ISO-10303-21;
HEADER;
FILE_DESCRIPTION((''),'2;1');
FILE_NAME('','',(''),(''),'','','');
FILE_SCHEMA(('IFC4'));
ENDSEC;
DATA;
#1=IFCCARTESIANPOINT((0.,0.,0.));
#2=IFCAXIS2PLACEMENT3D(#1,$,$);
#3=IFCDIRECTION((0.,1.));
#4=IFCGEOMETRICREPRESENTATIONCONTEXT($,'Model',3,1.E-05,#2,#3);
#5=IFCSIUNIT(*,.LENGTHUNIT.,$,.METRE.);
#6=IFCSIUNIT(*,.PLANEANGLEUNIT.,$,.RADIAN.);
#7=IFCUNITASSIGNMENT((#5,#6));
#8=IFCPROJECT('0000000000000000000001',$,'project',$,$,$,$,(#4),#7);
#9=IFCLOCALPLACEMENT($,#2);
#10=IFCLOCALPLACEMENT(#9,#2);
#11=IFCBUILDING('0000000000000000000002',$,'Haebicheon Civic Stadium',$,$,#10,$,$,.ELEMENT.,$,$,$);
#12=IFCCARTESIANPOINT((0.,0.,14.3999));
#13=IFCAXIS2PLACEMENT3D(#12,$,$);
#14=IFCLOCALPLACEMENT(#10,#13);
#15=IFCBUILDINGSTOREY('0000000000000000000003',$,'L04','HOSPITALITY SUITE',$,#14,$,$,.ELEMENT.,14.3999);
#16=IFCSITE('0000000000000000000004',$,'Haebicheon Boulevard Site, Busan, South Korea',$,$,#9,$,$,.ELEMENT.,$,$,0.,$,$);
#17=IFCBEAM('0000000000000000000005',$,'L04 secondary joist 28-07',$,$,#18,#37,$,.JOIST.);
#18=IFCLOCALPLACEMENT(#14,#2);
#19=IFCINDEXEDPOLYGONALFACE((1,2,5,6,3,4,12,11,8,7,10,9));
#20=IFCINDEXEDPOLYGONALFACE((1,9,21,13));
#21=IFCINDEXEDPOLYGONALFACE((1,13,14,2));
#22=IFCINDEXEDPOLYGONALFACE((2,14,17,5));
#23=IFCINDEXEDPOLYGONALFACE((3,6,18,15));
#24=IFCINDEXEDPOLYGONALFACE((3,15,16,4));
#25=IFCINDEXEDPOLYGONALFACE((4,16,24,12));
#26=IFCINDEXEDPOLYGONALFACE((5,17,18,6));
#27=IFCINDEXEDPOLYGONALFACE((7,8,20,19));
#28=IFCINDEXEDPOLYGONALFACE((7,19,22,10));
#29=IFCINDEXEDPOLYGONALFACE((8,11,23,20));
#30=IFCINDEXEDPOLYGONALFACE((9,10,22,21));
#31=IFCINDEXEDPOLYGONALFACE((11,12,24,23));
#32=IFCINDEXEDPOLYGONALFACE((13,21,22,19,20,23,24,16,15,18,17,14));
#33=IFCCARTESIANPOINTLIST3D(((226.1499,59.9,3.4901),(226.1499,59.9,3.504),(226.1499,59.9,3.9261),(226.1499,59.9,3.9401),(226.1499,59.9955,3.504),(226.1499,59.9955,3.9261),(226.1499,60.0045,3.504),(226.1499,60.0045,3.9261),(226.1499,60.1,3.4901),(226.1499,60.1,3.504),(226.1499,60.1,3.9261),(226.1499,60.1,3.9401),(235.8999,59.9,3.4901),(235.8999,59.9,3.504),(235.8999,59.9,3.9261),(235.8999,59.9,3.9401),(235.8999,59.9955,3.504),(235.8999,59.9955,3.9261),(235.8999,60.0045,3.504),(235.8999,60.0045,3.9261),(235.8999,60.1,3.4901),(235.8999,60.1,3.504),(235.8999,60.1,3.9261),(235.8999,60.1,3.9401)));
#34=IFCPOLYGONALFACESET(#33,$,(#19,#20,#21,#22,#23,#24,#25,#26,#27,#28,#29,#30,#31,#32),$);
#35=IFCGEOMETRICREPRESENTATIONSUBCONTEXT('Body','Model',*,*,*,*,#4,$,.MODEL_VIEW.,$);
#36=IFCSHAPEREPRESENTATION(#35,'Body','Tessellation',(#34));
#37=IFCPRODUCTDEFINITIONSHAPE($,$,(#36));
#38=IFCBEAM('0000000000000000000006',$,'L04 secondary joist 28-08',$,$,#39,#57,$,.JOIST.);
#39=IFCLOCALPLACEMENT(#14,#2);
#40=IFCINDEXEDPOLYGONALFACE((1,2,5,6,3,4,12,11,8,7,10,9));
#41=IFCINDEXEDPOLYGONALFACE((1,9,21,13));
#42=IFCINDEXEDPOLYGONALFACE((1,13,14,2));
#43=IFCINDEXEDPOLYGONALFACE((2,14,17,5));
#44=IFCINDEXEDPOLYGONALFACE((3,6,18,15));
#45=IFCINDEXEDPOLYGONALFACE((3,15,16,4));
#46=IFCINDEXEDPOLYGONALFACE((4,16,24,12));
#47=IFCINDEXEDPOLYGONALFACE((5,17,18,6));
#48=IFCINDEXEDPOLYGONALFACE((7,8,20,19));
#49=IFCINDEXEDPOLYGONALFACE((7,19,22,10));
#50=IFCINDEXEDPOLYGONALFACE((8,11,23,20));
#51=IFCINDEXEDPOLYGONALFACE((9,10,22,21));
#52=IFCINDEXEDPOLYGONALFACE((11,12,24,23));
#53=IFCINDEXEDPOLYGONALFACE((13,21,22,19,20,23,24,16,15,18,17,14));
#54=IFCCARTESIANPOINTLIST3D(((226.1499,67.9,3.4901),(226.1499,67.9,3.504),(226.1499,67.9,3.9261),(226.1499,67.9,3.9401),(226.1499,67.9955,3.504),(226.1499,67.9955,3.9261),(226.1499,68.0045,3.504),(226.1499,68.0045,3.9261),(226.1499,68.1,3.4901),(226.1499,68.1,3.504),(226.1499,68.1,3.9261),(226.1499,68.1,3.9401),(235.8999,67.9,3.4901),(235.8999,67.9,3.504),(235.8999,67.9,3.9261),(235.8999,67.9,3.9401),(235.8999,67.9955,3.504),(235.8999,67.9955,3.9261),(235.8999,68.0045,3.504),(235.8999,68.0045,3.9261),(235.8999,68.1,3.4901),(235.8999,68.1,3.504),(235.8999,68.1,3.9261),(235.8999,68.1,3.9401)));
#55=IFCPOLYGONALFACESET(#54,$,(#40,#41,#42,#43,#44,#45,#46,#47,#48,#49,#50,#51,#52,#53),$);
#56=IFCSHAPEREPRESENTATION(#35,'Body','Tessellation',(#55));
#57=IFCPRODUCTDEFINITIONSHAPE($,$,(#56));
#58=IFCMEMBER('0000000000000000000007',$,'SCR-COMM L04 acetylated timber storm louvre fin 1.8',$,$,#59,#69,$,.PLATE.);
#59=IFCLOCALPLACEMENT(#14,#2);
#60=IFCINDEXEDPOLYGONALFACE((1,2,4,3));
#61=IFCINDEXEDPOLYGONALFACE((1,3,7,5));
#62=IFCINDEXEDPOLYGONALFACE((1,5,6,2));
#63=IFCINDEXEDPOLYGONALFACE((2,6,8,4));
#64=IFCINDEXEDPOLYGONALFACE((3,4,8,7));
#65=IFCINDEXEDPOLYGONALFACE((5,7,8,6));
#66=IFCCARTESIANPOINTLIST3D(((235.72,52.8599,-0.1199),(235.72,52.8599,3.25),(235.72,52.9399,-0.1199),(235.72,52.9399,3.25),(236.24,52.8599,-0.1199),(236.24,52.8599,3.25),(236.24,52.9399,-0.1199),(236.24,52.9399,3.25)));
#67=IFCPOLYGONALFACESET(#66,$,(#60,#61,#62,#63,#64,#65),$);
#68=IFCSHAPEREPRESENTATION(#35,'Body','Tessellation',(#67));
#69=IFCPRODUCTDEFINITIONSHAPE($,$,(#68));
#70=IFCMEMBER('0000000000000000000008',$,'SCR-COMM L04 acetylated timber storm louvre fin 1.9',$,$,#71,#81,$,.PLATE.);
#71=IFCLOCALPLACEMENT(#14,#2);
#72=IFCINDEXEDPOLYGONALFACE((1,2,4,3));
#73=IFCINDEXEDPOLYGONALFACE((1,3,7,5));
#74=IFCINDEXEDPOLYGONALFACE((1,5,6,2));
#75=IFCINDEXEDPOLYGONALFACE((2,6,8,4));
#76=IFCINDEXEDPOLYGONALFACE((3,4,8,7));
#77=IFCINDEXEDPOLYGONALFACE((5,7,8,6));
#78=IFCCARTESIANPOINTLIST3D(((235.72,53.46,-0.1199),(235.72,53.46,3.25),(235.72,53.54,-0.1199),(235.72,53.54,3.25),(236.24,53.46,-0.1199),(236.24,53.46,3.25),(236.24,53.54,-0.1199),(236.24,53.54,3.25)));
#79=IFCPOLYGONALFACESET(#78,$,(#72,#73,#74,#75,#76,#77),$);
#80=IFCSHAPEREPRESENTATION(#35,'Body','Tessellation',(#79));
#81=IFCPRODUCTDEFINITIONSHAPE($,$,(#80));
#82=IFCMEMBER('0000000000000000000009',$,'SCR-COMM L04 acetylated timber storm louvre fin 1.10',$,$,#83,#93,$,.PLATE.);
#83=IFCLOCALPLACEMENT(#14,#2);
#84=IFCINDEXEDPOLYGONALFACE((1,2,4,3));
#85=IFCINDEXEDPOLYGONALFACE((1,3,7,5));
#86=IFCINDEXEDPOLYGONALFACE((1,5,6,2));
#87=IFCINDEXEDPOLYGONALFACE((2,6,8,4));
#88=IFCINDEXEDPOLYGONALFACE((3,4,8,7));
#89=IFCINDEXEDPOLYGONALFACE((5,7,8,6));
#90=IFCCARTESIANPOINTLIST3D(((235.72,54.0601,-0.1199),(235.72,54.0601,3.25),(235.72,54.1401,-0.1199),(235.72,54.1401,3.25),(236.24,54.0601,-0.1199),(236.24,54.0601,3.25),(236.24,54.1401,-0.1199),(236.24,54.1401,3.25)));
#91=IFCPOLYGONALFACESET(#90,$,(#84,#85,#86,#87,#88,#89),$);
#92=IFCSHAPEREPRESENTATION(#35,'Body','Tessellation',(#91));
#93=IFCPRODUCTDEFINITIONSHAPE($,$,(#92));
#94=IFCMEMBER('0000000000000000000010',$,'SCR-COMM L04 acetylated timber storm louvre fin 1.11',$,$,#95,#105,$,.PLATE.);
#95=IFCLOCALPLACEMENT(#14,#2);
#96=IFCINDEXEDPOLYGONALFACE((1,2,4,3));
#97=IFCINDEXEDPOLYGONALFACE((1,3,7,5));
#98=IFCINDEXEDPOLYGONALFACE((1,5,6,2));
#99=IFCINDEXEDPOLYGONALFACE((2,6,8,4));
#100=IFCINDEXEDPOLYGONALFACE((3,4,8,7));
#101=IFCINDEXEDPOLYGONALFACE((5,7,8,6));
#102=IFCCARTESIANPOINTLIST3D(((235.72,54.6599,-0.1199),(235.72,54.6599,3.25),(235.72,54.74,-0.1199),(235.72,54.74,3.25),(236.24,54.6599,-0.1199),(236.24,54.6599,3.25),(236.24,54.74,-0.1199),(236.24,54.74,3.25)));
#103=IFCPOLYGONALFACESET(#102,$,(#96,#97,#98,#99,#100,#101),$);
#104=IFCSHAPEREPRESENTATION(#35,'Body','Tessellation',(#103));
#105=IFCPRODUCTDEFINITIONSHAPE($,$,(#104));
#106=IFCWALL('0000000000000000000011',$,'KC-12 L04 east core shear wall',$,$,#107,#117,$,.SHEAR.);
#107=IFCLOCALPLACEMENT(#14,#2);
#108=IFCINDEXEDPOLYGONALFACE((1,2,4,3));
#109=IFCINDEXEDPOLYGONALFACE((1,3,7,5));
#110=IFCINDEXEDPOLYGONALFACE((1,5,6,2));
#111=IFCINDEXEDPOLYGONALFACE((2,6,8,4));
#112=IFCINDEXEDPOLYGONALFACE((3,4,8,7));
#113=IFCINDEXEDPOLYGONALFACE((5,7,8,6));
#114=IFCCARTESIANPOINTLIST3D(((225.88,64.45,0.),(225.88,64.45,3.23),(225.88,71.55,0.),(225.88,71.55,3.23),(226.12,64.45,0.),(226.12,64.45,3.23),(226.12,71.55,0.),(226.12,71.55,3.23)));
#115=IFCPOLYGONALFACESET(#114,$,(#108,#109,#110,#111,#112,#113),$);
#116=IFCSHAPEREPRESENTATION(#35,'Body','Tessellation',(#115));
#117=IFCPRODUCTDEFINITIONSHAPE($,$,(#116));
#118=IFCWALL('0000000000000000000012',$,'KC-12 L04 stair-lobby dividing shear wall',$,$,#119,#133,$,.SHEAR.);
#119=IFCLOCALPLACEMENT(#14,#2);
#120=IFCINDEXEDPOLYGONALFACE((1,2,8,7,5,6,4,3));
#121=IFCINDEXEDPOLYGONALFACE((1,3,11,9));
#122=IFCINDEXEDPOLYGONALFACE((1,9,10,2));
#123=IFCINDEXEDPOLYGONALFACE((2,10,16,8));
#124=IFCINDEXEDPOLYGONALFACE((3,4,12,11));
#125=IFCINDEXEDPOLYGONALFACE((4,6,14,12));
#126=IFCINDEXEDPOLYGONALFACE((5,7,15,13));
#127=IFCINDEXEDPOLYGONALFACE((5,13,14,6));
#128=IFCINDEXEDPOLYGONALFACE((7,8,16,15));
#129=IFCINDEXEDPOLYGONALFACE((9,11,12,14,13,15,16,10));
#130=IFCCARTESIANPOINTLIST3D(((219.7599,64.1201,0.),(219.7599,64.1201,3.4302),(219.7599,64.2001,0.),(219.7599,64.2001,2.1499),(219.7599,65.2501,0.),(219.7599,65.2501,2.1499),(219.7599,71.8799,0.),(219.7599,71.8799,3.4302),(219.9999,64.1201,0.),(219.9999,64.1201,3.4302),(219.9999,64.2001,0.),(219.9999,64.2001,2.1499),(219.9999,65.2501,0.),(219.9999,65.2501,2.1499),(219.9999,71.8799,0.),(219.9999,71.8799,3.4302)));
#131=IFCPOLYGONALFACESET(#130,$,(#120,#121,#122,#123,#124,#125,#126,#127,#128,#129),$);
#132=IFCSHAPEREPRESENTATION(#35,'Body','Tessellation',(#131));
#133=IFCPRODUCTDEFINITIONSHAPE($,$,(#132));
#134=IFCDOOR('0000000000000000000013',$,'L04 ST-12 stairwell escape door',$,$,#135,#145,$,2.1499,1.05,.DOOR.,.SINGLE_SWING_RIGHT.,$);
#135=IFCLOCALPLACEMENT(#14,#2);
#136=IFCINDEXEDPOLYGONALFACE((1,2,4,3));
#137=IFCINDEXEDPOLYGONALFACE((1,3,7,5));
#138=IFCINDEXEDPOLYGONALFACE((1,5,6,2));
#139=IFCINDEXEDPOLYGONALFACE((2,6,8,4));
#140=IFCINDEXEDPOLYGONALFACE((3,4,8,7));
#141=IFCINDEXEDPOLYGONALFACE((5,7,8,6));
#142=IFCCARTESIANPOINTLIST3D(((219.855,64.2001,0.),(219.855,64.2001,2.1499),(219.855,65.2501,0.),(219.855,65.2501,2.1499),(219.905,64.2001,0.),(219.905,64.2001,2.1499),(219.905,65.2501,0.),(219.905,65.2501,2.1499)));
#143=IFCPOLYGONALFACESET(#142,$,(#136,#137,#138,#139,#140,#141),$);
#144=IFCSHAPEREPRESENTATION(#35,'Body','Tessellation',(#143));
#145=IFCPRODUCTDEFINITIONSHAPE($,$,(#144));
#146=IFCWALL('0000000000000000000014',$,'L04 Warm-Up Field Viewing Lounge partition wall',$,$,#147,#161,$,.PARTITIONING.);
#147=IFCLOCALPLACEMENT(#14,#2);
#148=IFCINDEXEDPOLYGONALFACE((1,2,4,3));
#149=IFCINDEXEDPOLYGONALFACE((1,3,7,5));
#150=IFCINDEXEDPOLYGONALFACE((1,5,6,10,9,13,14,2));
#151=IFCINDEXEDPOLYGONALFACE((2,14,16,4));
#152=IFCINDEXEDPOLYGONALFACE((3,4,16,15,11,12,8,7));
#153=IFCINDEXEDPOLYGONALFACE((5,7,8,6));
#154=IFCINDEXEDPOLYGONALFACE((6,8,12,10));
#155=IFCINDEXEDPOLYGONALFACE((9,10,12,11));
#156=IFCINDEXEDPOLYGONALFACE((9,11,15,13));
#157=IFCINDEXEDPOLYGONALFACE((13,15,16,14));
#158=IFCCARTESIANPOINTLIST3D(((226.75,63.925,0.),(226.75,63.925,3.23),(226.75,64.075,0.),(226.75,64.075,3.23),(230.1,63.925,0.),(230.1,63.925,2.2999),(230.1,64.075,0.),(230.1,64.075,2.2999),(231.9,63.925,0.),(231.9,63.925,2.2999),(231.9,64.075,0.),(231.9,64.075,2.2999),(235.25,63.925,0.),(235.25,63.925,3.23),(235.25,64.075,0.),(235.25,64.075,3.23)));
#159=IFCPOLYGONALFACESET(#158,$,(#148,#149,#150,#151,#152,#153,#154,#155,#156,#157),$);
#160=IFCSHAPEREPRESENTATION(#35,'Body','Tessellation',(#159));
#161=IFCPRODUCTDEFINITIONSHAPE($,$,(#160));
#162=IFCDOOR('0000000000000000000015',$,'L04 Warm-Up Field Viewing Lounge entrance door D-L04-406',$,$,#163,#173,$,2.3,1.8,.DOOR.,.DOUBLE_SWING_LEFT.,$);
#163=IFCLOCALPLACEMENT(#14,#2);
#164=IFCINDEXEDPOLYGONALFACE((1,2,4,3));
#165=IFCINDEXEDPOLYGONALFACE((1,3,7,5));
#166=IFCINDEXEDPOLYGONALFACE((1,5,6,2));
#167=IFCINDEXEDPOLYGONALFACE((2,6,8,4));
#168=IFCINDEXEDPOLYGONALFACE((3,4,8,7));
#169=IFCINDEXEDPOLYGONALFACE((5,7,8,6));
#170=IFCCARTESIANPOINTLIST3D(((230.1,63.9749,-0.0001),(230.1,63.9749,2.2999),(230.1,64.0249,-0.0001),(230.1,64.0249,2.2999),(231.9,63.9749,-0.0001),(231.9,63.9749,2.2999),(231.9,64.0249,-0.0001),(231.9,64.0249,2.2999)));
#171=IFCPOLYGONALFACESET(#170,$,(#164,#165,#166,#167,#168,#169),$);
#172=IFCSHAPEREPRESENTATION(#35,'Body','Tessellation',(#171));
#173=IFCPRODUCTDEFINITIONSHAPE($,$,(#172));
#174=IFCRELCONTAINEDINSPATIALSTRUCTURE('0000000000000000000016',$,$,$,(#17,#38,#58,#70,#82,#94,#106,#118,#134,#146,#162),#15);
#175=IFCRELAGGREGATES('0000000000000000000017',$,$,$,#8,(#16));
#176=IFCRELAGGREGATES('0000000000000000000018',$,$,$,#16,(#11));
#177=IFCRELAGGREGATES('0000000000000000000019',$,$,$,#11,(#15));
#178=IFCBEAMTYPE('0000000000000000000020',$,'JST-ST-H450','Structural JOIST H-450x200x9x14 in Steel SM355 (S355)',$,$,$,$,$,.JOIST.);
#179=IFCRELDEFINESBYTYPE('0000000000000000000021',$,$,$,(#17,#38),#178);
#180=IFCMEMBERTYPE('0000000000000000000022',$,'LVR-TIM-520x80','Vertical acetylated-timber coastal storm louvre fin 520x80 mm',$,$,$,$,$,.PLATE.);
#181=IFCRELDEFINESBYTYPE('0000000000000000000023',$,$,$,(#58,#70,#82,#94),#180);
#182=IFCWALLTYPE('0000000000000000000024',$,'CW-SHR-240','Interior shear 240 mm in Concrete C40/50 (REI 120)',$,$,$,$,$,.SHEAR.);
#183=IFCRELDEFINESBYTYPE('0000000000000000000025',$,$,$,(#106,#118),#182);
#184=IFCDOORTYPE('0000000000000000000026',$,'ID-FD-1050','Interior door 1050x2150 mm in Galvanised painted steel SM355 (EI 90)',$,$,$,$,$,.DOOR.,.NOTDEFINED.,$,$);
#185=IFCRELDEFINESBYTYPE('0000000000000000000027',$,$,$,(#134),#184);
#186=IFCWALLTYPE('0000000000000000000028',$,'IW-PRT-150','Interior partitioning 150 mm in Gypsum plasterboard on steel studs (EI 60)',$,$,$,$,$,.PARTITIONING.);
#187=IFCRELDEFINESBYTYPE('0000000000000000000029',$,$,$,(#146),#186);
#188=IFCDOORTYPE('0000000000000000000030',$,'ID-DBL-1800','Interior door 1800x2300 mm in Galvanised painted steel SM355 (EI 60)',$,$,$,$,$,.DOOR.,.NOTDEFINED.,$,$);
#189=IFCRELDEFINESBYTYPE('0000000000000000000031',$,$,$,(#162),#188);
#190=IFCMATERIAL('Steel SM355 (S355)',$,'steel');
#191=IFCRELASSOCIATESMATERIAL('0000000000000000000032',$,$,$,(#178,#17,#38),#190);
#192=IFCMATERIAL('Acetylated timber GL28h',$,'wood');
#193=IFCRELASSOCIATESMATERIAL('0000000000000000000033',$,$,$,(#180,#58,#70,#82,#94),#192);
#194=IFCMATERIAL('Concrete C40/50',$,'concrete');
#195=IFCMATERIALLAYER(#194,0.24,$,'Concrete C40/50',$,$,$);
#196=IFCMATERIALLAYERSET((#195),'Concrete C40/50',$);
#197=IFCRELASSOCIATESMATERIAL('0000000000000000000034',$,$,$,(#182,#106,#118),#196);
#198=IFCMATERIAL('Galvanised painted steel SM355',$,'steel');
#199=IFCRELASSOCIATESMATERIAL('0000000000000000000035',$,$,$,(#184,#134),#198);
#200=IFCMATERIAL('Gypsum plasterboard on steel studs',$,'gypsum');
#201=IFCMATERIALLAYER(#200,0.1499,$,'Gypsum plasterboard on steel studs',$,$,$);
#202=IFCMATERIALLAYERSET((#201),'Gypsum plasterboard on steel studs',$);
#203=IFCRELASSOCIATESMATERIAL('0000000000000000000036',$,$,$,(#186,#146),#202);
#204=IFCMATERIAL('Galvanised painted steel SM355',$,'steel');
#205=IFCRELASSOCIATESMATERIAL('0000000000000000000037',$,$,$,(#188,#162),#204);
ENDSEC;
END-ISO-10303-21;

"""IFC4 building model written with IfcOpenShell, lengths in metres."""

from ifc_helpers import new_model, si_unit, direction, frame, frame_2d, origin, origin_2d, place, context, subcontext, project, spatial, rectangle, i_section, extrude, material, layer, layer_set, material_profile, profile_set, type_object, element, fill, save


model = new_model("IFC4")

# Units and contexts
model_context = context("Model", 3, precision=1e-05, world=origin(), true_north=direction((0.0, 1.0)))
body_context = subcontext(model_context, "Body", "Model", "MODEL_VIEW")
ifc_project = project(units=[si_unit("LENGTHUNIT", "METRE"), si_unit("PLANEANGLEUNIT", "RADIAN")], contexts=[model_context])

# Site, building, storey
site_placement = place(None, origin())
site = spatial("IfcSite", under=ifc_project, at=site_placement, Name="Haebicheon Boulevard Site, Busan, South Korea", CompositionType="ELEMENT", RefElevation=0.0)
building_placement = place(site_placement, origin())
building = spatial("IfcBuilding", under=site, at=building_placement, Name="Haebicheon Civic Stadium", CompositionType="ELEMENT")
storey_placement = place(building_placement, frame((0.0, 0.0, 14.3999)))
storey = spatial("IfcBuildingStorey", under=building, at=storey_placement, Name="L04", Description="HOSPITALITY SUITE", CompositionType="ELEMENT", Elevation=14.3999)

# Beams
ifc_material_1 = material(Name="Steel SM355 (S355)", Category="steel")
ifc_material_profile_1 = material_profile(ifc_material_1, i_section(OverallWidth=0.2, OverallDepth=0.45, WebThickness=0.009, FlangeThickness=0.0139, at=origin_2d()), Name="H-450x200x9x14")
ifc_profile_set_1 = profile_set([ifc_material_profile_1], Name="Steel SM355 (S355)")
beam_type_1 = type_object("IfcBeamType", Name="JST-ST-H450", Description="Structural JOIST H-450x200x9x14 in Steel SM355 (S355)", PredefinedType="JOIST", material=ifc_profile_set_1)
for number, where, z_axis, x_axis, name in (
    (1, (226.1499, 60.0, 3.7151), (1.0, 0.0, 0.0), (0.0, 1.0, 0.0), "L04 secondary joist 28-07"),
    (2, (226.1499, 68.0, 3.7151), (1.0, 0.0, 0.0), (0.0, 1.0, 0.0), "L04 secondary joist 28-08"),
):
    element("IfcBeam", number, at=place(storey_placement, frame(where, z_axis=z_axis, x_axis=x_axis)), inside=storey, type_object=beam_type_1, material=ifc_profile_set_1, Name=name, PredefinedType="JOIST", context=body_context, shape_type="SweptSolid", body=[
        extrude(i_section(OverallWidth=0.2, OverallDepth=0.45, WebThickness=0.009, FlangeThickness=0.0139, at=origin_2d()), origin(), (0.0, 0.0, 1.0), 9.75),
    ])

# Members
ifc_material_2 = material(Name="Acetylated timber GL28h", Category="wood")
ifc_material_profile_2 = material_profile(ifc_material_2, rectangle(XDim=0.0801, YDim=0.52, at=origin_2d()), Name="TMB-LOUV-80x520")
ifc_profile_set_2 = profile_set([ifc_material_profile_2], Name="Acetylated timber GL28h")
member_type = type_object("IfcMemberType", Name="LVR-TIM-520x80", Description="Vertical acetylated-timber coastal storm louvre fin 520x80 mm", PredefinedType="PLATE", material=ifc_profile_set_2)
for number, where, z_axis, x_axis, name in (
    (3, (235.98, 52.8999, -0.1199), (0.0, 0.0, 1.0), (0.0, 1.0, 0.0), "SCR-COMM L04 acetylated timber storm louvre fin 1.8"),
    (4, (235.98, 53.5, -0.1199), (0.0, 0.0, 1.0), (0.0, 1.0, 0.0), "SCR-COMM L04 acetylated timber storm louvre fin 1.9"),
    (5, (235.98, 54.1001, -0.1199), (0.0, 0.0, 1.0), (0.0, 1.0, 0.0), "SCR-COMM L04 acetylated timber storm louvre fin 1.10"),
    (6, (235.98, 54.7, -0.1199), (0.0, 0.0, 1.0), (0.0, 1.0, 0.0), "SCR-COMM L04 acetylated timber storm louvre fin 1.11"),
):
    element("IfcMember", number, at=place(storey_placement, frame(where, z_axis=z_axis, x_axis=x_axis)), inside=storey, type_object=member_type, material=ifc_profile_set_2, Name=name, PredefinedType="PLATE", context=body_context, shape_type="SweptSolid", body=[
        extrude(rectangle(XDim=0.0801, YDim=0.52, at=origin_2d()), origin(), (0.0, 0.0, 1.0), 3.3699),
    ])

# Wall
ifc_material_3 = material(Name="Concrete C40/50", Category="concrete")
ifc_layer_1 = layer(ifc_material_3, 0.24, Name="Concrete C40/50")
ifc_layer_set_1 = layer_set([ifc_layer_1], Name="Concrete C40/50")
wall_type_1 = type_object("IfcWallType", Name="CW-SHR-240", Description="Interior shear 240 mm in Concrete C40/50 (REI 120)", PredefinedType="SHEAR", material=ifc_layer_set_1)
wall_1_placement = place(storey_placement, frame((226.0, 64.45, 0.0), z_axis=(0.0, 0.0, 1.0), x_axis=(0.0, 1.0, 0.0)))
element("IfcWall", 7, at=wall_1_placement, inside=storey, type_object=wall_type_1, material=ifc_layer_set_1, Name="KC-12 L04 east core shear wall", PredefinedType="SHEAR", context=body_context, shape_type="SweptSolid", body=[
    extrude(rectangle(XDim=7.1001, YDim=0.24, at=frame_2d((3.55, 0.0))), origin(), (0.0, 0.0, 1.0), 3.23),
])

# Walls, openings, doors
wall_2_placement = place(storey_placement, frame((219.8799, 64.1201, 0.0), z_axis=(0.0, 0.0, 1.0), x_axis=(0.0, 1.0, 0.0)))
wall_2 = element("IfcWall", 8, at=wall_2_placement, inside=storey, type_object=wall_type_1, material=ifc_layer_set_1, Name="KC-12 L04 stair-lobby dividing shear wall", PredefinedType="SHEAR", context=body_context, shape_type="SweptSolid", body=[
    extrude(rectangle(XDim=7.7598, YDim=0.24, at=frame_2d((3.8799, 0.0))), origin(), (0.0, 0.0, 1.0), 3.4302),
])
opening_1_placement = place(wall_2_placement, frame((0.0801, 0.0, 0.0)))
opening_1 = element("IfcOpeningElement", 9, at=opening_1_placement, cuts=wall_2, PredefinedType="OPENING", context=body_context, shape_type="SweptSolid", body=[
    extrude(rectangle(XDim=1.05, YDim=2.1499, at=frame_2d((0.5249, 1.075))), frame((0.0, 0.1299, 0.0), z_axis=(0.0, -1.0, 0.0), x_axis=(1.0, 0.0, 0.0)), (0.0, 0.0, 1.0), 0.26),
])
ifc_material_4 = material(Name="Galvanised painted steel SM355", Category="steel")
door_type_1 = type_object("IfcDoorType", Name="ID-FD-1050", Description="Interior door 1050x2150 mm in Galvanised painted steel SM355 (EI 90)", OperationType="NOTDEFINED", PredefinedType="DOOR", material=ifc_material_4)
door_1_placement = place(opening_1_placement, origin())
door_1 = element("IfcDoor", 10, at=door_1_placement, inside=storey, type_object=door_type_1, material=ifc_material_4, Name="L04 ST-12 stairwell escape door", OperationType="SINGLE_SWING_RIGHT", OverallHeight=2.1499, OverallWidth=1.05, PredefinedType="DOOR", context=body_context, shape_type="SweptSolid", body=[
    extrude(rectangle(XDim=1.05, YDim=2.1499, at=frame_2d((0.5249, 1.075))), frame((0.0, 0.0249, 0.0), z_axis=(0.0, -1.0, 0.0), x_axis=(1.0, 0.0, 0.0)), (0.0, 0.0, 1.0), 0.05),
])
fill(opening_1, door_1)
ifc_material_5 = material(Name="Gypsum plasterboard on steel studs", Category="gypsum")
ifc_layer_2 = layer(ifc_material_5, 0.1499, Name="Gypsum plasterboard on steel studs")
ifc_layer_set_2 = layer_set([ifc_layer_2], Name="Gypsum plasterboard on steel studs")
wall_type_2 = type_object("IfcWallType", Name="IW-PRT-150", Description="Interior partitioning 150 mm in Gypsum plasterboard on steel studs (EI 60)", PredefinedType="PARTITIONING", material=ifc_layer_set_2)
wall_3_placement = place(storey_placement, frame((226.75, 64.0, 0.0), z_axis=(0.0, 0.0, 1.0), x_axis=(1.0, 0.0, 0.0)))
wall_3 = element("IfcWall", 11, at=wall_3_placement, inside=storey, type_object=wall_type_2, material=ifc_layer_set_2, Name="L04 Warm-Up Field Viewing Lounge partition wall", PredefinedType="PARTITIONING", context=body_context, shape_type="SweptSolid", body=[
    extrude(rectangle(XDim=8.5, YDim=0.1499, at=frame_2d((4.25, 0.0))), origin(), (0.0, 0.0, 1.0), 3.23),
])
opening_2_placement = place(wall_3_placement, frame((3.3501, 0.0, 0.0)))
opening_2 = element("IfcOpeningElement", 12, at=opening_2_placement, cuts=wall_3, PredefinedType="OPENING", context=body_context, shape_type="SweptSolid", body=[
    extrude(rectangle(XDim=1.8, YDim=2.3, at=frame_2d((0.8999, 1.1499))), frame((0.0, 0.085, 0.0), z_axis=(0.0, -1.0, 0.0), x_axis=(1.0, 0.0, 0.0)), (0.0, 0.0, 1.0), 0.1699),
])
ifc_material_6 = material(Name="Galvanised painted steel SM355", Category="steel")
door_type_2 = type_object("IfcDoorType", Name="ID-DBL-1800", Description="Interior door 1800x2300 mm in Galvanised painted steel SM355 (EI 60)", OperationType="NOTDEFINED", PredefinedType="DOOR", material=ifc_material_6)
door_2_placement = place(opening_2_placement, origin())
door_2 = element("IfcDoor", 13, at=door_2_placement, inside=storey, type_object=door_type_2, material=ifc_material_6, Name="L04 Warm-Up Field Viewing Lounge entrance door D-L04-406", OperationType="DOUBLE_SWING_LEFT", OverallHeight=2.3, OverallWidth=1.8, PredefinedType="DOOR", context=body_context, shape_type="SweptSolid", body=[
    extrude(rectangle(XDim=1.8, YDim=2.3, at=frame_2d((0.8999, 1.1499))), frame((0.0, 0.0249, 0.0), z_axis=(0.0, -1.0, 0.0), x_axis=(1.0, 0.0, 0.0)), (0.0, 0.0, 1.0), 0.05),
])
fill(opening_2, door_2)

save(model, "model.ifc")
